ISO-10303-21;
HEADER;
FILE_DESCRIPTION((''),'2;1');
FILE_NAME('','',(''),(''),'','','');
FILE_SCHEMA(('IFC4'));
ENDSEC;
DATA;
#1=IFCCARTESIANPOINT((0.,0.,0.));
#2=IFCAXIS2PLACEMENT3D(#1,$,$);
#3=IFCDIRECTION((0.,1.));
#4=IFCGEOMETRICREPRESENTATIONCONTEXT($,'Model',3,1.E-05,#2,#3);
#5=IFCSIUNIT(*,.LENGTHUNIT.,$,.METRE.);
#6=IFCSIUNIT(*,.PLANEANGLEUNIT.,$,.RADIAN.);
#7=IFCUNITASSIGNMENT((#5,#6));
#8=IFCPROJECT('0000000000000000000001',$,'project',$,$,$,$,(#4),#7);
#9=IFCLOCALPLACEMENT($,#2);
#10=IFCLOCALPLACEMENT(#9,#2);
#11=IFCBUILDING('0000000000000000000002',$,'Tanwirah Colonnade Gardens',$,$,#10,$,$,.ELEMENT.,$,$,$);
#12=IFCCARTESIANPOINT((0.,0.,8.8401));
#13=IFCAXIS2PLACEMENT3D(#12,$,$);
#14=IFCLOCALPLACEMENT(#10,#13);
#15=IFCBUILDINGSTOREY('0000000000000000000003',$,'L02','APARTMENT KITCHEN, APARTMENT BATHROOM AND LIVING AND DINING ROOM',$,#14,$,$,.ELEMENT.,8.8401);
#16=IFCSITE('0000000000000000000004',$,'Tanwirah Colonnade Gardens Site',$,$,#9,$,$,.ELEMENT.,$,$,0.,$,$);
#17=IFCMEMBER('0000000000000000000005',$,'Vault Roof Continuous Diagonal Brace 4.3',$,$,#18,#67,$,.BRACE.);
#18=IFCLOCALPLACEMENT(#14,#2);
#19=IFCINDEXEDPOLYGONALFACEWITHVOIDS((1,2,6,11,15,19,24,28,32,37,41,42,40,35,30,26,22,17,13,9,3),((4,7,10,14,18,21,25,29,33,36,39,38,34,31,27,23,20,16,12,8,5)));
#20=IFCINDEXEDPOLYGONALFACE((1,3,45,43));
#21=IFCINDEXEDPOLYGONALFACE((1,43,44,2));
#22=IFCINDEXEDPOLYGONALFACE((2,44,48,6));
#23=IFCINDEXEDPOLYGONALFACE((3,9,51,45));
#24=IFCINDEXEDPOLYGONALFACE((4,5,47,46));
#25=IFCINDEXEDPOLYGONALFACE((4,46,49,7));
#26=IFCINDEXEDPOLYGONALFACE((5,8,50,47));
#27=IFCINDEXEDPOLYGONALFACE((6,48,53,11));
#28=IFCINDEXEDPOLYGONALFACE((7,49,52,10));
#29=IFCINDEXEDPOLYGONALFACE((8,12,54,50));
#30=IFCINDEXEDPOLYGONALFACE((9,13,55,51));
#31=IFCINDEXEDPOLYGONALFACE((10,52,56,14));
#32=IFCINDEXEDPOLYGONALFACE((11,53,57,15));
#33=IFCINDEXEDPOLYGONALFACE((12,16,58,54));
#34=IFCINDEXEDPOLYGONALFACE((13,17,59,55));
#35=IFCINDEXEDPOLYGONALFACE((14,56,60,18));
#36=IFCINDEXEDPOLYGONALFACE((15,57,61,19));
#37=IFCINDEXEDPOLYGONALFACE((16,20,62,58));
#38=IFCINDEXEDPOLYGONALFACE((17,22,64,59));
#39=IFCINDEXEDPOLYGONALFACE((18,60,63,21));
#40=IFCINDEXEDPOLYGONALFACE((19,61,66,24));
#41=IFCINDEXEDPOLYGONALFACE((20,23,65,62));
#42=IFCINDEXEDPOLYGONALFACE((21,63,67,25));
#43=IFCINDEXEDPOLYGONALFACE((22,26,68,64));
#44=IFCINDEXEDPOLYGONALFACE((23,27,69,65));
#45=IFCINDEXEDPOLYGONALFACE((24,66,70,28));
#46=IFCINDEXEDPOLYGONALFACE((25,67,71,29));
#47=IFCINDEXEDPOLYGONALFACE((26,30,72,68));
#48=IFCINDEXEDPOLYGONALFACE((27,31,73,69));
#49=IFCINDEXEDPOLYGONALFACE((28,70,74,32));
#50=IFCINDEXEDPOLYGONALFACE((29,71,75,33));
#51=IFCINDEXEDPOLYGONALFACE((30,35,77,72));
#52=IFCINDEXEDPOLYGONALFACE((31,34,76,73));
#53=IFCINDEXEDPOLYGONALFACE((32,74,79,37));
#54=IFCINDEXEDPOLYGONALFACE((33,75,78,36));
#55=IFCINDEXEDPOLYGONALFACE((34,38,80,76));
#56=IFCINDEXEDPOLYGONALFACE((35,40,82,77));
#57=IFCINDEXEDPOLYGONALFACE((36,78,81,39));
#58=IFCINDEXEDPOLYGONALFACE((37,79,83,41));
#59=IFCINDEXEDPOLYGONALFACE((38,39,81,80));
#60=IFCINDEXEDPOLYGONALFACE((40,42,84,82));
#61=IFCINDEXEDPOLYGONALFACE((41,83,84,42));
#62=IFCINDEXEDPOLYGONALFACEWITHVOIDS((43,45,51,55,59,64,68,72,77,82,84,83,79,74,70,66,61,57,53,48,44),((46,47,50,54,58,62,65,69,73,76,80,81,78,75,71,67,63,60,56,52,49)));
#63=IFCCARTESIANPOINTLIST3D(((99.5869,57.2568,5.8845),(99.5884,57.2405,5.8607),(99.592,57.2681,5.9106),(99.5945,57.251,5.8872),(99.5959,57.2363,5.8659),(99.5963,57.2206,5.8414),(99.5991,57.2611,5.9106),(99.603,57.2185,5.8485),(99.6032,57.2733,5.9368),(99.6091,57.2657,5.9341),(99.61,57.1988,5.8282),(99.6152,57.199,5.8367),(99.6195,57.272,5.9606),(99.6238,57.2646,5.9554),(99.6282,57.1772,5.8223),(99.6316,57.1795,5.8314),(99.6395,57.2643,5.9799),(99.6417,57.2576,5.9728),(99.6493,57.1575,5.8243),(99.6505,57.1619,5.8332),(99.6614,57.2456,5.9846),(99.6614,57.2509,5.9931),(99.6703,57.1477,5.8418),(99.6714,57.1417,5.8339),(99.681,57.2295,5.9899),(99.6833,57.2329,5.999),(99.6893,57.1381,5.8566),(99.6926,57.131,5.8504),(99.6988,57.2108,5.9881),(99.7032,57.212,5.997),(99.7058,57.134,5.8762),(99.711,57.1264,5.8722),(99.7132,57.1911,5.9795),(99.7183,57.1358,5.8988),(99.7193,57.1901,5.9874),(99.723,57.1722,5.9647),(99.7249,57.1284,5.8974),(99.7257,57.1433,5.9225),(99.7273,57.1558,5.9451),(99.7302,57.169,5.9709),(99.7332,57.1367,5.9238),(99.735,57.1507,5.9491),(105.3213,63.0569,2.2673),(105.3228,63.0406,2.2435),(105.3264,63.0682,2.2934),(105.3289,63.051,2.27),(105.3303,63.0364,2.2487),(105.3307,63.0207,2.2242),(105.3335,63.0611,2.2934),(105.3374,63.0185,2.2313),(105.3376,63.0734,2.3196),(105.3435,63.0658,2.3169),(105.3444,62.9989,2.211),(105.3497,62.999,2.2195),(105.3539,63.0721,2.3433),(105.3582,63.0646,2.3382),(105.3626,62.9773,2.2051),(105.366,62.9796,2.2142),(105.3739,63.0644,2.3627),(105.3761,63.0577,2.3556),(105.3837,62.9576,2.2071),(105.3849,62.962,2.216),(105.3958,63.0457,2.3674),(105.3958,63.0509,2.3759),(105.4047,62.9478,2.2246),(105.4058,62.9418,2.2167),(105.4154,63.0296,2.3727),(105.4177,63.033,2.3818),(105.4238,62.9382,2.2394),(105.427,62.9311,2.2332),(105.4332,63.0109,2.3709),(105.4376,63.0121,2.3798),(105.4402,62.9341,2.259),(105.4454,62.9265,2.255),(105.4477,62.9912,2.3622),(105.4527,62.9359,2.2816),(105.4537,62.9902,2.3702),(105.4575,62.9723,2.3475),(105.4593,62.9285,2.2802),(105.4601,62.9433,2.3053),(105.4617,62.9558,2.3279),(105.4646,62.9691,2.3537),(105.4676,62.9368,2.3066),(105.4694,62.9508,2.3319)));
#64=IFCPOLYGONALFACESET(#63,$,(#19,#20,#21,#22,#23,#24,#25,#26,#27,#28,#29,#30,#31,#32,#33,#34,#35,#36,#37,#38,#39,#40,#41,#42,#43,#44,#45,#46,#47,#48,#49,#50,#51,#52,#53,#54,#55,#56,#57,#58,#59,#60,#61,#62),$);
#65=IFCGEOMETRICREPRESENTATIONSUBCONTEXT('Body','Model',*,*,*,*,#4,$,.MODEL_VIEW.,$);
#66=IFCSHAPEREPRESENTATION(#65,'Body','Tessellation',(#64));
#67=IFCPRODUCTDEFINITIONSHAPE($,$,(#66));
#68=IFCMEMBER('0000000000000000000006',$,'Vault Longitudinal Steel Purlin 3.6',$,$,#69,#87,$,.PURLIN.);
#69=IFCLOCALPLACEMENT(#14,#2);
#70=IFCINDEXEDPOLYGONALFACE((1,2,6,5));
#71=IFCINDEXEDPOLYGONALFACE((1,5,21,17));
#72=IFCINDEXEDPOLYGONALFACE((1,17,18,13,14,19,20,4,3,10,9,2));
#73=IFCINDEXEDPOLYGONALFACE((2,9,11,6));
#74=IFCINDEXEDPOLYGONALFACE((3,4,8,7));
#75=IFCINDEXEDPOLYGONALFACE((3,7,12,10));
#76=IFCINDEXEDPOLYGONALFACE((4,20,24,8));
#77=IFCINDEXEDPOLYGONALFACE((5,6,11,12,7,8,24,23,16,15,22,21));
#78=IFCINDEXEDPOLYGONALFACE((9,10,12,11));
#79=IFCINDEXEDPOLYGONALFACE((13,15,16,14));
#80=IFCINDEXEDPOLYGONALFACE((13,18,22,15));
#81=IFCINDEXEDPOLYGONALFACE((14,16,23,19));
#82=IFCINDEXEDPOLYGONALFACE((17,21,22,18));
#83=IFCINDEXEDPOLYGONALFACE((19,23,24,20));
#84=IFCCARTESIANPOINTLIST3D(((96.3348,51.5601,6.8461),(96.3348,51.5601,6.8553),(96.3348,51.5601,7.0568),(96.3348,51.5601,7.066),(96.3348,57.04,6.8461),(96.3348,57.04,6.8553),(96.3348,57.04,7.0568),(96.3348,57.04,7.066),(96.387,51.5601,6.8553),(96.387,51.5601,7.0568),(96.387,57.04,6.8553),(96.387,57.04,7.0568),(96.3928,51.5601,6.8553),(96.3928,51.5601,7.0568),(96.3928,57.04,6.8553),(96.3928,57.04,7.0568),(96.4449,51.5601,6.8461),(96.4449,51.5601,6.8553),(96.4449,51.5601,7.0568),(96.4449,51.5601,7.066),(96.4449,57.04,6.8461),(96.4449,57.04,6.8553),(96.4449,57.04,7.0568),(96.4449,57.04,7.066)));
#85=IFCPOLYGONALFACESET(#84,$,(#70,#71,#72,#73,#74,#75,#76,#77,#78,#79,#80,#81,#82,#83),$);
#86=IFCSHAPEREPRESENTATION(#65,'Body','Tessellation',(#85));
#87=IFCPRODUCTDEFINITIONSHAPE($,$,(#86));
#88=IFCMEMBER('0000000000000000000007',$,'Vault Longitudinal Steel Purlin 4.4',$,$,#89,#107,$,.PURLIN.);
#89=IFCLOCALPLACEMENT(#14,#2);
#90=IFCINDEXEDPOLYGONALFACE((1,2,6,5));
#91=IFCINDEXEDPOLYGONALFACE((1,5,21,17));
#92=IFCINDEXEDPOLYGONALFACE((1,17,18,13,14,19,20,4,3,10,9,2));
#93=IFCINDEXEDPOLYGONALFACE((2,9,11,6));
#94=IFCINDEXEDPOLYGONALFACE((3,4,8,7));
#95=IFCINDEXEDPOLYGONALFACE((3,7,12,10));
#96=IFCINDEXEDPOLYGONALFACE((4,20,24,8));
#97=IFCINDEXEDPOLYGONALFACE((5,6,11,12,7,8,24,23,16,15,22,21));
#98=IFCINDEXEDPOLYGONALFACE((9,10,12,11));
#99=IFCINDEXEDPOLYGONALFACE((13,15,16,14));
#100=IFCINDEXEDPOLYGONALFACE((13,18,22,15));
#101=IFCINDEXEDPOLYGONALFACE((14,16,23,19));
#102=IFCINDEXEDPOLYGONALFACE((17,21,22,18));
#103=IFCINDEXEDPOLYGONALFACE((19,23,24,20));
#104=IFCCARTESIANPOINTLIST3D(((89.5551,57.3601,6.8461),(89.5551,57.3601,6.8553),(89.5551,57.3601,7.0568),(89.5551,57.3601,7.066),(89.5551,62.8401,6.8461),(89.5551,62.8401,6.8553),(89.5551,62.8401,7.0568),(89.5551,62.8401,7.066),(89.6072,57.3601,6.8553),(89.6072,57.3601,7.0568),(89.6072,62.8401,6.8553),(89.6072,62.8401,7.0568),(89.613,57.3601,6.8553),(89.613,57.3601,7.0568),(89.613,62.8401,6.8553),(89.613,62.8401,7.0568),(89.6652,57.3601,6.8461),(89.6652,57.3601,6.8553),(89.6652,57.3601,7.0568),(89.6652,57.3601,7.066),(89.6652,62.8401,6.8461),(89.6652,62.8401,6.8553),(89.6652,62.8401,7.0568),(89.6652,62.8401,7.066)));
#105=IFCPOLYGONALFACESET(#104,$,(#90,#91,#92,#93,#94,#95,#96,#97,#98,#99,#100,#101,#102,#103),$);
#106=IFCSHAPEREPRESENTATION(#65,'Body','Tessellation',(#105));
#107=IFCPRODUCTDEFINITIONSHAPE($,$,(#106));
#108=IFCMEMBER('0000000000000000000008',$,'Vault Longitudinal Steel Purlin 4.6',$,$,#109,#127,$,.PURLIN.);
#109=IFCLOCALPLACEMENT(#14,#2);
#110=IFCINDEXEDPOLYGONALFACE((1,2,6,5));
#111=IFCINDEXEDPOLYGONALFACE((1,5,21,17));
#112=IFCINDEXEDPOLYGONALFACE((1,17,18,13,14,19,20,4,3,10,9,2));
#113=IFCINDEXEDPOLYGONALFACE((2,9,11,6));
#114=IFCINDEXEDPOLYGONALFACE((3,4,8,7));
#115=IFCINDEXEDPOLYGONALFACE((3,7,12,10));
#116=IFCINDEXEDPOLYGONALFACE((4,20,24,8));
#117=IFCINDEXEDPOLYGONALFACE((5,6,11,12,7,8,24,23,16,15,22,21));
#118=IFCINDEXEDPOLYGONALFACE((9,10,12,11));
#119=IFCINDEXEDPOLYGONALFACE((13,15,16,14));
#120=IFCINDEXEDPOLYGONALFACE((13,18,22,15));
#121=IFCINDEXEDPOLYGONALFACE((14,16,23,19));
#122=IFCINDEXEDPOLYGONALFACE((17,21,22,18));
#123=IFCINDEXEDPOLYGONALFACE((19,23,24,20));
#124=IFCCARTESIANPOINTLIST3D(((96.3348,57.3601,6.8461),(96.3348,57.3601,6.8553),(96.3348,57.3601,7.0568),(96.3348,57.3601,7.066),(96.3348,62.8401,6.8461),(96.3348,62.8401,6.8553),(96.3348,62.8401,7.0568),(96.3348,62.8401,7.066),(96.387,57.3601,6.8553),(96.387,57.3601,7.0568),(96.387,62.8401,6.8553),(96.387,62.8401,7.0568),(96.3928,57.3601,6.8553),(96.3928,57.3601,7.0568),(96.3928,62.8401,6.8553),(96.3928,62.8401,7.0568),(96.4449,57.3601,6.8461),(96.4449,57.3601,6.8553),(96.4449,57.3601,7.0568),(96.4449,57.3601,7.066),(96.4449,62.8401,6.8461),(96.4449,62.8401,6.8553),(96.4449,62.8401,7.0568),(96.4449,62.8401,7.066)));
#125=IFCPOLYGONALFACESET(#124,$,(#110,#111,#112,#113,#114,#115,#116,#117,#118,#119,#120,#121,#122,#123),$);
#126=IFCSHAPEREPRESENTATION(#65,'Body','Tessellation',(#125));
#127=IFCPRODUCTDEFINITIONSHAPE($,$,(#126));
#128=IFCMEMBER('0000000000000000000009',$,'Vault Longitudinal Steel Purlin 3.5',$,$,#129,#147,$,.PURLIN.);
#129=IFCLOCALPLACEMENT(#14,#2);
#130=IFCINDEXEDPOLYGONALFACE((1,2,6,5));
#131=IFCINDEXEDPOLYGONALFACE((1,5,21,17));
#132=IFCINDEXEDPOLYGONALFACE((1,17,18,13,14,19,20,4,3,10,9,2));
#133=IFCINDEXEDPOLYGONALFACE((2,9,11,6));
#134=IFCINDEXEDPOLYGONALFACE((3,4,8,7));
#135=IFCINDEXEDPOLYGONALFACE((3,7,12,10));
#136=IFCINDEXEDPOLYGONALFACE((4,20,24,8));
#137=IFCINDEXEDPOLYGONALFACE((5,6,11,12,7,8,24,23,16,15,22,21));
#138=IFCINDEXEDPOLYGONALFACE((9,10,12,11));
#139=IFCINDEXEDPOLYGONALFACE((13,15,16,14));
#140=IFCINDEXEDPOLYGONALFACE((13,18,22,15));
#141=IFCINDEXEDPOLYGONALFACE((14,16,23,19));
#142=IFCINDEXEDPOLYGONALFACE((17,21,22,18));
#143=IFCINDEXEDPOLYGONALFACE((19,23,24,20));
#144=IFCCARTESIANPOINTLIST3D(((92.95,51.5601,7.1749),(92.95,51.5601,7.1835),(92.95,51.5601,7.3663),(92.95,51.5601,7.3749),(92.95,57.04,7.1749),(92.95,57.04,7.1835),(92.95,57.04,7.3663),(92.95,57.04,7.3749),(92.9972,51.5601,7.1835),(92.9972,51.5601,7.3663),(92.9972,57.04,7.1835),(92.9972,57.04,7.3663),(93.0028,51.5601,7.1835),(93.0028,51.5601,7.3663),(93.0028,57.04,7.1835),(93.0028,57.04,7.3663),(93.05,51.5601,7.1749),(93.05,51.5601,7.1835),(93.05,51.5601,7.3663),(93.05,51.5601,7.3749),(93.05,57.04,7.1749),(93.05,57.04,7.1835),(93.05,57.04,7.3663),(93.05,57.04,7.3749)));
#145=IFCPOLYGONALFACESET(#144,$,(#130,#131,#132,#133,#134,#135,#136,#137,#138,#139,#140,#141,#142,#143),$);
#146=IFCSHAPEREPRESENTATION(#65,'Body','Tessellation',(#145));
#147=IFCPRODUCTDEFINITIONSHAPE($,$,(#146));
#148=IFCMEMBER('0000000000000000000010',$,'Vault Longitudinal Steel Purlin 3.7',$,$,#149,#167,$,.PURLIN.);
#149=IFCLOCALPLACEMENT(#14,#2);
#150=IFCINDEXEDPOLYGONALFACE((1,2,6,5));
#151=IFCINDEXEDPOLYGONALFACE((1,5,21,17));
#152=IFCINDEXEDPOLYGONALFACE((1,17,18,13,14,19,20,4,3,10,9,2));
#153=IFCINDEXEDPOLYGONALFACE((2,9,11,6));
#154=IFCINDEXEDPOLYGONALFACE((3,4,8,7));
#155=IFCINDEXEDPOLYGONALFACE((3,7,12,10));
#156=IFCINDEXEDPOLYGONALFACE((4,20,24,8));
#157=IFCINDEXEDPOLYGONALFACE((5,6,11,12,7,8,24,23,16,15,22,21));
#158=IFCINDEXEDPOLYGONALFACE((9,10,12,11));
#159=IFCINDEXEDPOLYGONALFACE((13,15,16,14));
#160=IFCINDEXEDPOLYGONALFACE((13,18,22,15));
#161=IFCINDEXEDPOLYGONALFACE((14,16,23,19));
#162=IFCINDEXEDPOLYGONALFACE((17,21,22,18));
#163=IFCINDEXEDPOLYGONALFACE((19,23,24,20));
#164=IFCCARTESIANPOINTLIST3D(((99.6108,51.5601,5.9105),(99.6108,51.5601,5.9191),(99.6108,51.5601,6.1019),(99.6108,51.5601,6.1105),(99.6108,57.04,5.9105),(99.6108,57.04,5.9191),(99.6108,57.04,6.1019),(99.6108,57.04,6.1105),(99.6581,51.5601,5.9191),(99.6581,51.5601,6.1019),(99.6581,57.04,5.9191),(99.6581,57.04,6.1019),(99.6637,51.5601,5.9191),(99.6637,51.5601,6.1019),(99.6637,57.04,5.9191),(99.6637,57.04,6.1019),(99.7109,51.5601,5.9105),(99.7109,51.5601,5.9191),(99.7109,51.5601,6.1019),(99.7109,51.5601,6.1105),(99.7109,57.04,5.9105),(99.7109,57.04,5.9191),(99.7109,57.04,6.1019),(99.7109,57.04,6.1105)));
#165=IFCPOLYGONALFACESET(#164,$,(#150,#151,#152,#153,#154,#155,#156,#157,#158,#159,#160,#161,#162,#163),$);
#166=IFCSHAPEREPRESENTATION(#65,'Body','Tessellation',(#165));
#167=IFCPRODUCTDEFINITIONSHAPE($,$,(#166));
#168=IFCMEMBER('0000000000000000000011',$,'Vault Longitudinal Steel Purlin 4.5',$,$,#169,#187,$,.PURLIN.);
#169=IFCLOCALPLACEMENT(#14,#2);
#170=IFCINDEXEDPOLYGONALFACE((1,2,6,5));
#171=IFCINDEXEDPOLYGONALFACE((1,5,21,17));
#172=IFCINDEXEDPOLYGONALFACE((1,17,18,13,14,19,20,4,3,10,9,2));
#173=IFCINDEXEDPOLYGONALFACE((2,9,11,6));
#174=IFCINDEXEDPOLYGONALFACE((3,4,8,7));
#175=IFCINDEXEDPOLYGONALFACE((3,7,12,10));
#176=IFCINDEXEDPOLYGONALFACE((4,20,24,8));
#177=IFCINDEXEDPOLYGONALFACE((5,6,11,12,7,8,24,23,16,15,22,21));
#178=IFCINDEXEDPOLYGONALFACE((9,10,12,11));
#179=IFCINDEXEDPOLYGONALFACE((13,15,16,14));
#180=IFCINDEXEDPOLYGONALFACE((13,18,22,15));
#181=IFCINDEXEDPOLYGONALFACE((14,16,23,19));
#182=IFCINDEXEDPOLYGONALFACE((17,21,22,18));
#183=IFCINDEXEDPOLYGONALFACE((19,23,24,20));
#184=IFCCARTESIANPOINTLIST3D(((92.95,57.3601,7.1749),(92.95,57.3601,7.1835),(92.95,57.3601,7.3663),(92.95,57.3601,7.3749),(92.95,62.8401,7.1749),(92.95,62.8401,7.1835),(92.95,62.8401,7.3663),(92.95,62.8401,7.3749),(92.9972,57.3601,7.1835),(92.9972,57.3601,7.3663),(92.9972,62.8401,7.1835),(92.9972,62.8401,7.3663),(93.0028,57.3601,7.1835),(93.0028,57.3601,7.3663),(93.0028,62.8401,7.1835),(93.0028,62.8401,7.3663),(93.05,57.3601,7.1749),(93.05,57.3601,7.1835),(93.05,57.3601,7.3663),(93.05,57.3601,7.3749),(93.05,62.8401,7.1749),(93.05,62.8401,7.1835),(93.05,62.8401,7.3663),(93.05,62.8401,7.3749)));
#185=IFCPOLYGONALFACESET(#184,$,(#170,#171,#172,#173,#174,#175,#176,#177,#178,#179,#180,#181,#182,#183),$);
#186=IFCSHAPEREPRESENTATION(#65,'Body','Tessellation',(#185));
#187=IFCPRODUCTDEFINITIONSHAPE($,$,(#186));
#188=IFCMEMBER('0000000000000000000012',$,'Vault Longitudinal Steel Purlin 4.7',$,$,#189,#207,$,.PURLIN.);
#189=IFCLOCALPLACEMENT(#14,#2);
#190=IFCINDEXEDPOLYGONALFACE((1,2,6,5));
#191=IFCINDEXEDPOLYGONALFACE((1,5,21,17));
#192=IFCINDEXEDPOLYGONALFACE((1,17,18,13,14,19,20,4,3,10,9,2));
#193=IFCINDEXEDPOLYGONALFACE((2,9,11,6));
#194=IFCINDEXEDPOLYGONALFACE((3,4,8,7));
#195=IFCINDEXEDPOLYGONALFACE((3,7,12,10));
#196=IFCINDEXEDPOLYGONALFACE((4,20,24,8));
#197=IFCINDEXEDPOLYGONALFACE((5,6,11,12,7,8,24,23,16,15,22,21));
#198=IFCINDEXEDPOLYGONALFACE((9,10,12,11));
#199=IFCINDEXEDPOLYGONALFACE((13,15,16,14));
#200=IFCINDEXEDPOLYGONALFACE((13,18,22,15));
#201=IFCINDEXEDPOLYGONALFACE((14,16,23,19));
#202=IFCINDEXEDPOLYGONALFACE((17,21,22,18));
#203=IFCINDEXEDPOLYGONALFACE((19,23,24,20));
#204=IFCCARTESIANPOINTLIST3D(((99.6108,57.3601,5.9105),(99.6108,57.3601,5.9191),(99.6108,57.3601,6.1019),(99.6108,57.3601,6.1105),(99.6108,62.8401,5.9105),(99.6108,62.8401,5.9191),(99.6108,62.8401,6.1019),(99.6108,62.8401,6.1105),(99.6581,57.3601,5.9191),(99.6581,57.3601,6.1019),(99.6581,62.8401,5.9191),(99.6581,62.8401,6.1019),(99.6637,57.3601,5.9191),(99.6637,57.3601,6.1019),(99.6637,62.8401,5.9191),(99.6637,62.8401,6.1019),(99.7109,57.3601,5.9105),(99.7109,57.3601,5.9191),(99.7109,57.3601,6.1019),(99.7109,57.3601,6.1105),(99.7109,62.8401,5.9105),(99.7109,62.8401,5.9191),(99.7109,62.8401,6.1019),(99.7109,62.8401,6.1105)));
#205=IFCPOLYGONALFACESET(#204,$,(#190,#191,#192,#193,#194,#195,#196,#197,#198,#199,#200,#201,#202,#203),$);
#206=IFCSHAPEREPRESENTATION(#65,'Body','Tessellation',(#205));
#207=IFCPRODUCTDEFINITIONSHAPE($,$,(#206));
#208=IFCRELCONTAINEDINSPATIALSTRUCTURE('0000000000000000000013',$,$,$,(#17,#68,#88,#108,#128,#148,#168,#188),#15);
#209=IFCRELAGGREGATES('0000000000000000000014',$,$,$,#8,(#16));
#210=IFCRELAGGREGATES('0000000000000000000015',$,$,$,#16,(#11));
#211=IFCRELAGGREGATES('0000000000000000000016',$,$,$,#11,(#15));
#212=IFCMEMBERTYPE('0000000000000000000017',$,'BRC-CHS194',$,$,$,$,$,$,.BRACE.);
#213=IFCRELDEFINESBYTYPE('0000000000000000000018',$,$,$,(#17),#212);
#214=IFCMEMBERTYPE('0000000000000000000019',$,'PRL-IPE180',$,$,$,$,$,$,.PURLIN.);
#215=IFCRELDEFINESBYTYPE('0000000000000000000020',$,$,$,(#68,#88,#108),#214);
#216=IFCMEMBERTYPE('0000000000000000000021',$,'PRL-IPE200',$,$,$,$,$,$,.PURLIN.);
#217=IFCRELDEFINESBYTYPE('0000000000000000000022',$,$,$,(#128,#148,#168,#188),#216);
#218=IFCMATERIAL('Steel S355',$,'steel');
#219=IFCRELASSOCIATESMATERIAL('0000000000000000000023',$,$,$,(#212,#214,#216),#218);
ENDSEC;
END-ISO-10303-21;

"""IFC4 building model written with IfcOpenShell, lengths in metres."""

from ifc_helpers import new_model, si_unit, direction, frame, origin, origin_2d, place, context, subcontext, project, spatial, hollow_circle, i_section, extrude, material, material_profile, profile_set, type_object, element, save


model = new_model("IFC4")

# Units and contexts
model_context = context("Model", 3, precision=1e-05, world=origin(), true_north=direction((0.0, 1.0)))
body_context = subcontext(model_context, "Body", "Model", "MODEL_VIEW")
ifc_project = project(units=[si_unit("LENGTHUNIT", "METRE"), si_unit("PLANEANGLEUNIT", "RADIAN")], contexts=[model_context])

# Site, building, storey
site_placement = place(None, origin())
site = spatial("IfcSite", under=ifc_project, at=site_placement, Name="Tanwirah Colonnade Gardens Site", CompositionType="ELEMENT", RefElevation=0.0)
building_placement = place(site_placement, origin())
building = spatial("IfcBuilding", under=site, at=building_placement, Name="Tanwirah Colonnade Gardens", CompositionType="ELEMENT")
storey_placement = place(building_placement, frame((0.0, 0.0, 8.8401)))
storey = spatial("IfcBuildingStorey", under=building, at=storey_placement, Name="L02", Description="APARTMENT KITCHEN, APARTMENT BATHROOM AND LIVING AND DINING ROOM", CompositionType="ELEMENT", Elevation=8.8401)

# Members
ifc_material_1 = material(Name="Steel S355", Category="steel")
ifc_material_profile_1 = material_profile(ifc_material_1, hollow_circle(Radius=0.0969, WallThickness=0.01, at=origin_2d()), Name="CHS 193.7x10")
ifc_profile_set_1 = profile_set([ifc_material_profile_1], Name="Steel S355")
member_type_1 = type_object("IfcMemberType", Name="BRC-CHS194", PredefinedType="BRACE", material=ifc_profile_set_1)
member_1_placement = place(storey_placement, frame((99.6609, 57.2, 5.9106), z_axis=(0.642701, 0.650061, -0.405409), x_axis=(-0.711121, 0.703069, 0.0)))
element("IfcMember", 1, at=member_1_placement, inside=storey, type_object=member_type_1, Name="Vault Roof Continuous Diagonal Brace 4.3", PredefinedType="BRACE", context=body_context, shape_type="SweptSolid", body=[
    extrude(hollow_circle(Radius=0.0969, WallThickness=0.01, at=origin_2d()), origin(), (0.0, 0.0, 1.0), 8.9224),
])
ifc_material_profile_2 = material_profile(ifc_material_1, i_section(OverallWidth=0.1101, OverallDepth=0.22, WebThickness=0.0059, FlangeThickness=0.0093, at=origin_2d()), Name="IPE 220")
ifc_profile_set_2 = profile_set([ifc_material_profile_2], Name="Steel S355")
member_type_2 = type_object("IfcMemberType", Name="PRL-IPE180", PredefinedType="PURLIN", material=ifc_profile_set_2)
for number, where, z_axis, x_axis, name in (
    (2, (96.3899, 51.5601, 6.9561), (0.0, 1.0, 0.0), (-1.0, 0.0, 0.0), "Vault Longitudinal Steel Purlin 3.6"),
    (3, (89.6101, 57.3601, 6.9561), (0.0, 1.0, 0.0), (-1.0, 0.0, 0.0), "Vault Longitudinal Steel Purlin 4.4"),
    (4, (96.3899, 57.3601, 6.9561), (0.0, 1.0, 0.0), (-1.0, 0.0, 0.0), "Vault Longitudinal Steel Purlin 4.6"),
):
    element("IfcMember", number, at=place(storey_placement, frame(where, z_axis=z_axis, x_axis=x_axis)), inside=storey, type_object=member_type_2, Name=name, PredefinedType="PURLIN", context=body_context, shape_type="SweptSolid", body=[
        extrude(i_section(OverallWidth=0.1101, OverallDepth=0.22, WebThickness=0.0059, FlangeThickness=0.0093, at=origin_2d()), origin(), (0.0, 0.0, 1.0), 5.48),
    ])
ifc_material_profile_3 = material_profile(ifc_material_1, i_section(OverallWidth=0.1001, OverallDepth=0.2, WebThickness=0.0056, FlangeThickness=0.0085, at=origin_2d()), Name="IPE 200")
ifc_profile_set_3 = profile_set([ifc_material_profile_3], Name="Steel S355")
member_type_3 = type_object("IfcMemberType", Name="PRL-IPE200", PredefinedType="PURLIN", material=ifc_profile_set_3)
for number, where, z_axis, x_axis, name in (
    (5, (93.0, 51.5601, 7.2749), (0.0, 1.0, 0.0), (-1.0, 0.0, 0.0), "Vault Longitudinal Steel Purlin 3.5"),
    (6, (99.6609, 51.5601, 6.0105), (0.0, 1.0, 0.0), (-1.0, 0.0, 0.0), "Vault Longitudinal Steel Purlin 3.7"),
    (7, (93.0, 57.3601, 7.2749), (0.0, 1.0, 0.0), (-1.0, 0.0, 0.0), "Vault Longitudinal Steel Purlin 4.5"),
    (8, (99.6609, 57.3601, 6.0105), (0.0, 1.0, 0.0), (-1.0, 0.0, 0.0), "Vault Longitudinal Steel Purlin 4.7"),
):
    element("IfcMember", number, at=place(storey_placement, frame(where, z_axis=z_axis, x_axis=x_axis)), inside=storey, type_object=member_type_3, Name=name, PredefinedType="PURLIN", context=body_context, shape_type="SweptSolid", body=[
        extrude(i_section(OverallWidth=0.1001, OverallDepth=0.2, WebThickness=0.0056, FlangeThickness=0.0085, at=origin_2d()), origin(), (0.0, 0.0, 1.0), 5.48),
    ])

save(model, "model.ifc")
